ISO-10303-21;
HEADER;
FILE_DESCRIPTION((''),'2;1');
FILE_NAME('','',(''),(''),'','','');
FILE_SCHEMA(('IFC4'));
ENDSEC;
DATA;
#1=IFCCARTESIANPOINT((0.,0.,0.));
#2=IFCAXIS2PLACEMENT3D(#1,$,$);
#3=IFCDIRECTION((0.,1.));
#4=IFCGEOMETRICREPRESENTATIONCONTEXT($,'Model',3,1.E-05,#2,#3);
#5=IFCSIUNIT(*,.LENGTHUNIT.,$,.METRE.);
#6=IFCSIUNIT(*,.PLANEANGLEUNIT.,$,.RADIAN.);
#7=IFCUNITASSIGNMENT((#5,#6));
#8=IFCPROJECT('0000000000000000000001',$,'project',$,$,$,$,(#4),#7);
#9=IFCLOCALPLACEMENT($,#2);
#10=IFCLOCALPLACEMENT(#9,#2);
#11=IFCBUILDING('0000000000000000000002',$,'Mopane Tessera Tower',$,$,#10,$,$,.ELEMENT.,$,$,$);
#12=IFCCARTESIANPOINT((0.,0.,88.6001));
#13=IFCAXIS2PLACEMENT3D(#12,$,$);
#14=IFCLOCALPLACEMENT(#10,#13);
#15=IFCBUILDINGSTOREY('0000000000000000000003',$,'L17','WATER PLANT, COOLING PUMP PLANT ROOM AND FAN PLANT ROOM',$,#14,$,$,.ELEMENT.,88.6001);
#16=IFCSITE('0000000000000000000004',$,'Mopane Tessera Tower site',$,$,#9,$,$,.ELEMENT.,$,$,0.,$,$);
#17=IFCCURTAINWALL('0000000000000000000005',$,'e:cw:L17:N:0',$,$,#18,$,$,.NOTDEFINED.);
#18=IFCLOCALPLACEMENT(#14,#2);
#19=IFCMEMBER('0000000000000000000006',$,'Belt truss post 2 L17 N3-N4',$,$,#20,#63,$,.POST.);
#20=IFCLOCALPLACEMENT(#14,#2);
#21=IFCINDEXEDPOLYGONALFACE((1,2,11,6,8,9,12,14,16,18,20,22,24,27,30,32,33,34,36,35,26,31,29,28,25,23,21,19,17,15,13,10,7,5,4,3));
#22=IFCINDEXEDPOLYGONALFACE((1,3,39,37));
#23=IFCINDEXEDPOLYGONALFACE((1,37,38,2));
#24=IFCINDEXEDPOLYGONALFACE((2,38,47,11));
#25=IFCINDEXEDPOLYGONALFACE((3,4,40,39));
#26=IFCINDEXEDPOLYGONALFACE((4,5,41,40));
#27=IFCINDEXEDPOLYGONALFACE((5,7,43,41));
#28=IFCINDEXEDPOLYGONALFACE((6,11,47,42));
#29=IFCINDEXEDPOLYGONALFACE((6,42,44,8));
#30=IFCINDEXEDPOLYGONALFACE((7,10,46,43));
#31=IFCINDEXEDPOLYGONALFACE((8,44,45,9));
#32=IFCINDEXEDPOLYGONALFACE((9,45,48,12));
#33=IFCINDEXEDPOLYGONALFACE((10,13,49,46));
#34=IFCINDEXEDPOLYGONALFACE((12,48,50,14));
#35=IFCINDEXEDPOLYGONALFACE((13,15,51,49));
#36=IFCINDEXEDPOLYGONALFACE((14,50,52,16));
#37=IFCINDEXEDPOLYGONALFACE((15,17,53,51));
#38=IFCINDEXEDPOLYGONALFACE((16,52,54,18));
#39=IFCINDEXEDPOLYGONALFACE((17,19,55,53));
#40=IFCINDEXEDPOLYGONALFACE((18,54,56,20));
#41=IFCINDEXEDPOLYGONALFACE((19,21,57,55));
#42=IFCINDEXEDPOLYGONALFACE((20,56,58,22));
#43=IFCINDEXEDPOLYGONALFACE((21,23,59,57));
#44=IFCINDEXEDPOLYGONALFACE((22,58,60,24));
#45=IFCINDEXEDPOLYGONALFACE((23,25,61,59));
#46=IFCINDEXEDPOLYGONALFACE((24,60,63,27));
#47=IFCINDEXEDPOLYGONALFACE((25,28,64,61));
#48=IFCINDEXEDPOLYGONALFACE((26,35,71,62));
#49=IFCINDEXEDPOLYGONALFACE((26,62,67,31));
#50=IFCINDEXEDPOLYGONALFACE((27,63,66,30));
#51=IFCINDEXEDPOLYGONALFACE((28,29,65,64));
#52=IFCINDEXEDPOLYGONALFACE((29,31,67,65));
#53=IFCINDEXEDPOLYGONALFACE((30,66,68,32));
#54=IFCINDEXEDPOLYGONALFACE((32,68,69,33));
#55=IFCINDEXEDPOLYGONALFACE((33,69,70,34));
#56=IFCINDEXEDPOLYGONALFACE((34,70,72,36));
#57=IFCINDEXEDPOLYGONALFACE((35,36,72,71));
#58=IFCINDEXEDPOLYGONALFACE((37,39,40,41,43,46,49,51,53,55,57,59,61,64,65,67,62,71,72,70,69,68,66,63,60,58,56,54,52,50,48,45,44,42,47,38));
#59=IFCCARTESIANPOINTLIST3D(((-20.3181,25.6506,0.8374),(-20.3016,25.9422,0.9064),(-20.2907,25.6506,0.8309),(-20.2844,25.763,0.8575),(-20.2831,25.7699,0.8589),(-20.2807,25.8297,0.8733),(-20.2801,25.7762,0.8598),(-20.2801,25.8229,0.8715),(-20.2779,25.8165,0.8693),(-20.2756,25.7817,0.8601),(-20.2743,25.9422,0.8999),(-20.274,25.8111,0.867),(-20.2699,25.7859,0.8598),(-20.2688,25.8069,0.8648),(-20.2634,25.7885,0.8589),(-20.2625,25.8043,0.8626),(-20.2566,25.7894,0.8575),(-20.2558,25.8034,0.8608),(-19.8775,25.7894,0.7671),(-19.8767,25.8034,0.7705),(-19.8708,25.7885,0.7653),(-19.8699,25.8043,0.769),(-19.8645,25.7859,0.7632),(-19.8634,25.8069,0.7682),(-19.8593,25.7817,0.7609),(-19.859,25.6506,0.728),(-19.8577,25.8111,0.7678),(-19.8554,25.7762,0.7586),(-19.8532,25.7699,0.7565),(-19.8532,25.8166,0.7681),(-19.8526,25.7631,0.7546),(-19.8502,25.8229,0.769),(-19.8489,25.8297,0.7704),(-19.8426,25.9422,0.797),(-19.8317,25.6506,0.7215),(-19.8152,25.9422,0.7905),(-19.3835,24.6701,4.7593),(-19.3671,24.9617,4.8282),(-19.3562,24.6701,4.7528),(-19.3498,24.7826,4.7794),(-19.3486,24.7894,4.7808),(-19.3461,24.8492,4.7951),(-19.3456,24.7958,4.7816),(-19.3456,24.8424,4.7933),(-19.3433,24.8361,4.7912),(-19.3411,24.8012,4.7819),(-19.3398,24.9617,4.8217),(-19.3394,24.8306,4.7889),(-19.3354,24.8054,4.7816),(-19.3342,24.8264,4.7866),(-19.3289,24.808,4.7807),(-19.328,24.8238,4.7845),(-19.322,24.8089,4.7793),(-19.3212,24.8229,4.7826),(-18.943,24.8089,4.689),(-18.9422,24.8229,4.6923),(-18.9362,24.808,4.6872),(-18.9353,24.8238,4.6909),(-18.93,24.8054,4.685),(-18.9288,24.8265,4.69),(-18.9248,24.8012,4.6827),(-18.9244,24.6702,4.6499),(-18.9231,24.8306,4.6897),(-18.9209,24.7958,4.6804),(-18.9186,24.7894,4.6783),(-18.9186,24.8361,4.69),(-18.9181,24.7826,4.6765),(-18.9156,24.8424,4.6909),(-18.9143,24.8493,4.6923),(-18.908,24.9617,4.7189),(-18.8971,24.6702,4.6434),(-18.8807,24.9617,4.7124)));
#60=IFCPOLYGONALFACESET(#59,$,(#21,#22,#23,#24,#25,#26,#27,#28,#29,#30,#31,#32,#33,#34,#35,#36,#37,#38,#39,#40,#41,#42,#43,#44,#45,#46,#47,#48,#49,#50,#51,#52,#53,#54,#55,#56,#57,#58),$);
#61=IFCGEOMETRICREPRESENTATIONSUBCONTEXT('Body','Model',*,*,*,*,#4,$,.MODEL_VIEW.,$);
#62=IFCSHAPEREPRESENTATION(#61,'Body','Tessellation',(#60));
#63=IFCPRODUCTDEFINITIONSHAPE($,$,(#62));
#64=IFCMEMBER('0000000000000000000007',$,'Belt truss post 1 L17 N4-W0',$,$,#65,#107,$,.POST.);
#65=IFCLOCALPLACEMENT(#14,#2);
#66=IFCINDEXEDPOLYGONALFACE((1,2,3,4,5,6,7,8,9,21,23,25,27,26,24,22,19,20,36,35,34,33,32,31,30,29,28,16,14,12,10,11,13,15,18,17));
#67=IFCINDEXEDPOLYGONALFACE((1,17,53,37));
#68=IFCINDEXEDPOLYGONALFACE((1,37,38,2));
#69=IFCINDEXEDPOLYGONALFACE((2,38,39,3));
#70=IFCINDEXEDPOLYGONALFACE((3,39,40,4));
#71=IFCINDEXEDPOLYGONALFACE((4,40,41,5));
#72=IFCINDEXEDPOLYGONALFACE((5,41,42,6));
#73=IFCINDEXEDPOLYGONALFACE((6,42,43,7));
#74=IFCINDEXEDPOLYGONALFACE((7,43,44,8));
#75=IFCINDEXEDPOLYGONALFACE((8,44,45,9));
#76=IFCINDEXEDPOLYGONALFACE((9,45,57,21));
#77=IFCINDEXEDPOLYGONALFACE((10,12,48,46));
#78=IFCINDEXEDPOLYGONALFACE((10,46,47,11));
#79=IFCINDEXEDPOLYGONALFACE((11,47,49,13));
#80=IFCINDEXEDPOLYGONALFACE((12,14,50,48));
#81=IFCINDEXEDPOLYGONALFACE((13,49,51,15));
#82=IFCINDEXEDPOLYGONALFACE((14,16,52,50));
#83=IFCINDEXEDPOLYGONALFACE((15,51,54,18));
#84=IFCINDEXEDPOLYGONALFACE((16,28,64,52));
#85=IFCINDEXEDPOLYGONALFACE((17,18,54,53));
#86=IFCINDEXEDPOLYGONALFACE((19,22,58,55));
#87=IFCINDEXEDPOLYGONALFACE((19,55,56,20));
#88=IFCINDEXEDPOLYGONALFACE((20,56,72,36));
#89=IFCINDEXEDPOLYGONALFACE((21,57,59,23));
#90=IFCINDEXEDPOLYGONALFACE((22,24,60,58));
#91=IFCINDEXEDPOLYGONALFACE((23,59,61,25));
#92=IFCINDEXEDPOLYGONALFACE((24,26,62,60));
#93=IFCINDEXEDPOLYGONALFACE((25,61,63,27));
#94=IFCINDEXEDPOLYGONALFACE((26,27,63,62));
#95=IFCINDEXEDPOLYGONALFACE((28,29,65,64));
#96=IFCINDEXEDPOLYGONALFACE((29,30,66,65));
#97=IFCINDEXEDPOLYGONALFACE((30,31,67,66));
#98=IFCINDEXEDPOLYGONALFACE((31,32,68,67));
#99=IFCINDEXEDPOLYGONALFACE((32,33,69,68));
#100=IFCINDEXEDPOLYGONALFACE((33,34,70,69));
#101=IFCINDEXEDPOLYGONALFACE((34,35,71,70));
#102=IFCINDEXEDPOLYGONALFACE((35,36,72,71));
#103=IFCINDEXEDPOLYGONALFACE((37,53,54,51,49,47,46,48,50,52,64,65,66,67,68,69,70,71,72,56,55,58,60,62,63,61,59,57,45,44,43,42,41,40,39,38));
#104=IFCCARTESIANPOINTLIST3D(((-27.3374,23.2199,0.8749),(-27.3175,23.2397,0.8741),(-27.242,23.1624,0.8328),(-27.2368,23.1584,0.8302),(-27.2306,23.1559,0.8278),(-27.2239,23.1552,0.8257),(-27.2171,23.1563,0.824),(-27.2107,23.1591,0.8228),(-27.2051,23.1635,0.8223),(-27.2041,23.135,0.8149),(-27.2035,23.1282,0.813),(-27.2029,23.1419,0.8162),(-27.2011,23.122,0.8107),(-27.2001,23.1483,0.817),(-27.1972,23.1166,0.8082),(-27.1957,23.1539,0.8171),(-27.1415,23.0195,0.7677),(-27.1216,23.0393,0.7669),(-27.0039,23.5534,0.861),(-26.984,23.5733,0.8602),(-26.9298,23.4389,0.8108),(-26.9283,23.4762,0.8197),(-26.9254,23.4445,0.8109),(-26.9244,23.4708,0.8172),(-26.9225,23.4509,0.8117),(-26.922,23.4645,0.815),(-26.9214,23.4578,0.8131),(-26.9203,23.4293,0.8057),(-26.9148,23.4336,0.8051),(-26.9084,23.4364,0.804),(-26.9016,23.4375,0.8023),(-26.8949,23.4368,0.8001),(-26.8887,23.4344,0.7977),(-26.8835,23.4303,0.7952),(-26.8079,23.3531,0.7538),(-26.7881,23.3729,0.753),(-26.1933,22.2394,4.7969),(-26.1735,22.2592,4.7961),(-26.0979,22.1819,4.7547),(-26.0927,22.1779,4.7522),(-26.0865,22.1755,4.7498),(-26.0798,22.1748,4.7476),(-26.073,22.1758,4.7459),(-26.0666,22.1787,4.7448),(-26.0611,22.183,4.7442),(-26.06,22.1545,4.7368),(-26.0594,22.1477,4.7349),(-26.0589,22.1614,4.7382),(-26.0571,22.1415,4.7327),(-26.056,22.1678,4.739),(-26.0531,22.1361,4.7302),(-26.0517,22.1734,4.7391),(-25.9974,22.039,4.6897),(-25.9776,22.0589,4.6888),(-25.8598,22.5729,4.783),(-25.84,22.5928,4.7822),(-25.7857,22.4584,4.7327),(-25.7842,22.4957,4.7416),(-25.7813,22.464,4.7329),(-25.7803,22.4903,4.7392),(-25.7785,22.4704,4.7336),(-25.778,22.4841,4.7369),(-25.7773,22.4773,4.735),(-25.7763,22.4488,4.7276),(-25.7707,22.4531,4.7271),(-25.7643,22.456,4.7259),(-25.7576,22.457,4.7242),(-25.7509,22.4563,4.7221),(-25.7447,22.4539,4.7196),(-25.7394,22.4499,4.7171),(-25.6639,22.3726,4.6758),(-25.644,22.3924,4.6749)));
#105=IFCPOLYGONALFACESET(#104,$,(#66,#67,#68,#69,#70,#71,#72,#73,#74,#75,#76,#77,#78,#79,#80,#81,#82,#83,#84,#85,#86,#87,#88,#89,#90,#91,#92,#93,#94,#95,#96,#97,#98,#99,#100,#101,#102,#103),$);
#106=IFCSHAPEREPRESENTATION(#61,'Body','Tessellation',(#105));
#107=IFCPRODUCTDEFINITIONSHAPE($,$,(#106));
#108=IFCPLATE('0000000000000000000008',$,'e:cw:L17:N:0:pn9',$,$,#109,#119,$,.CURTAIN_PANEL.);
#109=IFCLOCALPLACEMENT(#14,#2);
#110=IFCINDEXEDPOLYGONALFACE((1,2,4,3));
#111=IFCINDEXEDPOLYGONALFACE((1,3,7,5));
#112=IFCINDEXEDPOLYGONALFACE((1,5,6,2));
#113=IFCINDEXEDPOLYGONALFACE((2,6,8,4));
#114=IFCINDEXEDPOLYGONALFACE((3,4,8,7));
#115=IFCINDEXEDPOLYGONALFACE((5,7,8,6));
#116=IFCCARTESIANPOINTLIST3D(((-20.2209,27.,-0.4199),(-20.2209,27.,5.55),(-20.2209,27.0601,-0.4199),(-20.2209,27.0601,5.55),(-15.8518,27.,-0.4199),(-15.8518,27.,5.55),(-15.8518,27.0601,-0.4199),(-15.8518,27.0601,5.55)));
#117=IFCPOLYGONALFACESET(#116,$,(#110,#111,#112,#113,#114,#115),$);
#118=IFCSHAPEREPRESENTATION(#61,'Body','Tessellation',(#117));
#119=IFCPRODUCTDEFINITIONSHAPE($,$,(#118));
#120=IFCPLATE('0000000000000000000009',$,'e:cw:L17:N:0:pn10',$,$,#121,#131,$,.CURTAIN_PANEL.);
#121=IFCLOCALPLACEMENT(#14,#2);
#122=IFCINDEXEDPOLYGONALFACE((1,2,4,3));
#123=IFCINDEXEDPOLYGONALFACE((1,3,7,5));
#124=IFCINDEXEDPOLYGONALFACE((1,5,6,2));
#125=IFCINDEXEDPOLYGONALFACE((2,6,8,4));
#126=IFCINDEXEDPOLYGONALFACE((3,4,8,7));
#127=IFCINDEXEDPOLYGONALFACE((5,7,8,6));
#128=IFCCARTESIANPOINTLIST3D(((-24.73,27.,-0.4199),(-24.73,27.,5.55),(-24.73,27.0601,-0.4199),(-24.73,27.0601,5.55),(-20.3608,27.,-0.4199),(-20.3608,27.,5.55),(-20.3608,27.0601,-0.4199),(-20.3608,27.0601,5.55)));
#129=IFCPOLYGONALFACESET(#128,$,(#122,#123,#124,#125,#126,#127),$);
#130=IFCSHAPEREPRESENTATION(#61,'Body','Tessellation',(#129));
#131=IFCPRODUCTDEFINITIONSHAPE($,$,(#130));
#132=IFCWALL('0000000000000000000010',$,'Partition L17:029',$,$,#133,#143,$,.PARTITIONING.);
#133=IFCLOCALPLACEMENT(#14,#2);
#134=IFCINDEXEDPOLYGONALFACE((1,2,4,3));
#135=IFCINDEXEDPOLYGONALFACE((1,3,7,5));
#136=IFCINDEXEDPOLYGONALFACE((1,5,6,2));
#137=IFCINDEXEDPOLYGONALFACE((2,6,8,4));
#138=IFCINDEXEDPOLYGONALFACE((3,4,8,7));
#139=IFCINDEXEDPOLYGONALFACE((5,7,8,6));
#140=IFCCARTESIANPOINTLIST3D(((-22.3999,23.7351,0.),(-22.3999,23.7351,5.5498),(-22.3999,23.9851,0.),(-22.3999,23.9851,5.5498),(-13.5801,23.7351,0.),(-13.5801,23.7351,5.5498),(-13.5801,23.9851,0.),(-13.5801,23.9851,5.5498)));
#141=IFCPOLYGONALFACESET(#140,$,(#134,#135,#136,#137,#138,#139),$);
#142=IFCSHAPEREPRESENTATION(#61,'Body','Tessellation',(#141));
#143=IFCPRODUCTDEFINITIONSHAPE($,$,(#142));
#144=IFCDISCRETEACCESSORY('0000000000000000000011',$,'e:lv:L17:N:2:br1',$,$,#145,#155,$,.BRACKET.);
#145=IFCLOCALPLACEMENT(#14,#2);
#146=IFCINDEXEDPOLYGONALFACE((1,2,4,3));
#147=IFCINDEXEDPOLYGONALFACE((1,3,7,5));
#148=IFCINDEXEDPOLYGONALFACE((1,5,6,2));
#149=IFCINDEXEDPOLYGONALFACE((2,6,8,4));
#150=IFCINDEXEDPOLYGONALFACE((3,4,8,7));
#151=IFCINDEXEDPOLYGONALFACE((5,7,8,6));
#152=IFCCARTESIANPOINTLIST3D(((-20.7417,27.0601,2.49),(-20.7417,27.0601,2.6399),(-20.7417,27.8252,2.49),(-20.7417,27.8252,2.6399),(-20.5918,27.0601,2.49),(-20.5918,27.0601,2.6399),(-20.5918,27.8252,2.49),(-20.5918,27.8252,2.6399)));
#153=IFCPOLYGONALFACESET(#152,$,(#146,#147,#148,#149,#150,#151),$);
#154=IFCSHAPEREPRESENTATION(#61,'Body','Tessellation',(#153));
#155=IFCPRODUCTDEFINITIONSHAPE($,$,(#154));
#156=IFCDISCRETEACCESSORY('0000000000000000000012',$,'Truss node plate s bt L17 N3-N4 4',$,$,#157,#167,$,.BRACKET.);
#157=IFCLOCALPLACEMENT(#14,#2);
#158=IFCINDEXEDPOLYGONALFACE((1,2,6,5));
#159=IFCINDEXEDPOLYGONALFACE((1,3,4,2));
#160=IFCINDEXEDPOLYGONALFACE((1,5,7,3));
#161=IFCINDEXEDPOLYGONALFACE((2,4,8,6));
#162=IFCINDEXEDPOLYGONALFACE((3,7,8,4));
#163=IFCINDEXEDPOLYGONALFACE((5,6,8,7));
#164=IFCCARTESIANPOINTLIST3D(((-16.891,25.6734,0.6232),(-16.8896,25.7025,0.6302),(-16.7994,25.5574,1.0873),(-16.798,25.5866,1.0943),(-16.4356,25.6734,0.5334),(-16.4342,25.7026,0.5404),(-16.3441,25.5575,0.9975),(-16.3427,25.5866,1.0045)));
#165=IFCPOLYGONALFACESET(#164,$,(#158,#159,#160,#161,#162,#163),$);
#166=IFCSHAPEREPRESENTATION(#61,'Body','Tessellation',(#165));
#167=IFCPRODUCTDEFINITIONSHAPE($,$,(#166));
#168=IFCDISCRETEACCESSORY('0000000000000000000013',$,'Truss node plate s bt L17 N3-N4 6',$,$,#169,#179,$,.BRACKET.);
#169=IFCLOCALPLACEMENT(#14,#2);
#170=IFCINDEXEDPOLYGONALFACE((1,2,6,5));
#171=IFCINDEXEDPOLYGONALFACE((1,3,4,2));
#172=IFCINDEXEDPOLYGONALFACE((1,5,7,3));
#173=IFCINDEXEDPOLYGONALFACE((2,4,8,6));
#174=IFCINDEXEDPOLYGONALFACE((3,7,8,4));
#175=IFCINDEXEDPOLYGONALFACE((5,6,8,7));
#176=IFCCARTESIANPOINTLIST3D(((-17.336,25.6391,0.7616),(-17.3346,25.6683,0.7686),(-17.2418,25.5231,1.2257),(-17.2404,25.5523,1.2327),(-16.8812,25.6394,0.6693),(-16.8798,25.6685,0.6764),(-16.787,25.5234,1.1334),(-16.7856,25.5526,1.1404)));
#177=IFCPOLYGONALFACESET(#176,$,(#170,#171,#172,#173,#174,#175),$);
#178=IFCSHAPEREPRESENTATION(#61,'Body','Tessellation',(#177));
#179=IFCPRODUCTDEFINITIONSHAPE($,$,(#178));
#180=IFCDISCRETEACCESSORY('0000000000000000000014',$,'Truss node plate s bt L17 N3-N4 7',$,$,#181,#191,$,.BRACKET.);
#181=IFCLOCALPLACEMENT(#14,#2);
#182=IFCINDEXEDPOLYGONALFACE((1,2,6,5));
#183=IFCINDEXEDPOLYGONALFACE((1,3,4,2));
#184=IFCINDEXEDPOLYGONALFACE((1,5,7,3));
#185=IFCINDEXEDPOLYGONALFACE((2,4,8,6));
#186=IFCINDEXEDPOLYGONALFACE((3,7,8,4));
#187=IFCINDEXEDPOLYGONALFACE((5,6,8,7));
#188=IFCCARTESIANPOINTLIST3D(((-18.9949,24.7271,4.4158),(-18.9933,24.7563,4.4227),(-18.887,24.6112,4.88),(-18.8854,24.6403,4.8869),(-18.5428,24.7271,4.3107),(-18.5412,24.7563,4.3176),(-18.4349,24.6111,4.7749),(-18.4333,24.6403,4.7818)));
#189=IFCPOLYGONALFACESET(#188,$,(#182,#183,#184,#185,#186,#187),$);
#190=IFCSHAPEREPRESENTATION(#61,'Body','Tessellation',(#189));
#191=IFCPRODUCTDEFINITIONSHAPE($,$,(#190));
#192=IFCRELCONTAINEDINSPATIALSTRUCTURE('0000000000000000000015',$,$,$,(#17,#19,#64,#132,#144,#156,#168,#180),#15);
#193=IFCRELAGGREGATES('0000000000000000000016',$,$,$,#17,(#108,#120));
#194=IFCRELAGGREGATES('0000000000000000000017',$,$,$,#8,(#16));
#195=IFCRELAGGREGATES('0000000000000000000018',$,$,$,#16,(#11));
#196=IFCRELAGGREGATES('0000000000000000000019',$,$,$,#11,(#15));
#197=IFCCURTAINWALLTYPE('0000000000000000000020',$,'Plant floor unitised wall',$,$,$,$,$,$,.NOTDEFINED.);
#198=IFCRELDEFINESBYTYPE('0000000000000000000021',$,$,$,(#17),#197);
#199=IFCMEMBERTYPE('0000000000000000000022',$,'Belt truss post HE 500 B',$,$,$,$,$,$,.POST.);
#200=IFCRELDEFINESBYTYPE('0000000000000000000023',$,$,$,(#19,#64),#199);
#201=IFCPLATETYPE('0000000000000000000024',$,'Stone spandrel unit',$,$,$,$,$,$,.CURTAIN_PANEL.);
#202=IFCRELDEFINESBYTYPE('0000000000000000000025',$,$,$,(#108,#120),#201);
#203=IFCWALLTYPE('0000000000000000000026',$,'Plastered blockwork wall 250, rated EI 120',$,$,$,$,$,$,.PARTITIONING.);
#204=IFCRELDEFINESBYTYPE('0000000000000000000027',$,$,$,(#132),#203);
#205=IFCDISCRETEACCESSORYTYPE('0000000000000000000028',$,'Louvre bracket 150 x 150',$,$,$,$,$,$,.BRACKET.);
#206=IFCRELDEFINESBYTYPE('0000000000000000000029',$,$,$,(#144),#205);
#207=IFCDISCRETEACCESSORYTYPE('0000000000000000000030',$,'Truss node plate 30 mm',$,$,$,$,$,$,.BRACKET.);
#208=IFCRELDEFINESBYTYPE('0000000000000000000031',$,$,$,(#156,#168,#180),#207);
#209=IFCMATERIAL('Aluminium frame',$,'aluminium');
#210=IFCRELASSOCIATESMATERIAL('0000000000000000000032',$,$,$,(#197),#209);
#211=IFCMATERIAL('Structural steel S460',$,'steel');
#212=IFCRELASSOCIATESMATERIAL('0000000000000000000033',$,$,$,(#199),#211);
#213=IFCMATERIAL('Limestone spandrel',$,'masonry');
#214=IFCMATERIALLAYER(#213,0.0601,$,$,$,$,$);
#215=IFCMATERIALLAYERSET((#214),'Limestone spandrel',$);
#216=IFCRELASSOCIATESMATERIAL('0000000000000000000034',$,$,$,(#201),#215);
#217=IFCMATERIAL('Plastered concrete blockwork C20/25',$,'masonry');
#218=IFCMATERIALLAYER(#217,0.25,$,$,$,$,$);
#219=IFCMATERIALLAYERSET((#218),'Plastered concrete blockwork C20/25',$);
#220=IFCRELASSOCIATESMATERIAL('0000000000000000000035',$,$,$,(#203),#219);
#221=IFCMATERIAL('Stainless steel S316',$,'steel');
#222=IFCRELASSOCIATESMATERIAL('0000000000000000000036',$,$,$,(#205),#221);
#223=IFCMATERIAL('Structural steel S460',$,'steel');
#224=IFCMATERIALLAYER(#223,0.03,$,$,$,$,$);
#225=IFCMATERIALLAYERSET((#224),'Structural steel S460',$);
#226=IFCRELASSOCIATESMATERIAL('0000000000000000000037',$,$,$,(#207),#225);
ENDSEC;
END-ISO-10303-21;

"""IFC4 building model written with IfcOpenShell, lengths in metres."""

from ifc_helpers import new_model, si_unit, direction, frame, frame_2d, origin, origin_2d, place, context, subcontext, project, spatial, rectangle, i_section, extrude, material, layer, layer_set, material_profile, profile_set, type_object, element, aggregate, save


model = new_model("IFC4")

# Units and contexts
model_context = context("Model", 3, precision=1e-05, world=origin(), true_north=direction((0.0, 1.0)))
body_context = subcontext(model_context, "Body", "Model", "MODEL_VIEW")
ifc_project = project(units=[si_unit("LENGTHUNIT", "METRE"), si_unit("PLANEANGLEUNIT", "RADIAN")], contexts=[model_context])

# Site, building, storey
site_placement = place(None, origin())
site = spatial("IfcSite", under=ifc_project, at=site_placement, Name="Mopane Tessera Tower site", CompositionType="ELEMENT", RefElevation=0.0)
building_placement = place(site_placement, origin())
building = spatial("IfcBuilding", under=site, at=building_placement, Name="Mopane Tessera Tower", CompositionType="ELEMENT")
storey_placement = place(building_placement, frame((0.0, 0.0, 88.6001)))
storey = spatial("IfcBuildingStorey", under=building, at=storey_placement, Name="L17", Description="WATER PLANT, COOLING PUMP PLANT ROOM AND FAN PLANT ROOM", CompositionType="ELEMENT", Elevation=88.6001)

# Curtain wall
ifc_material_1 = material(Name="Aluminium frame", Category="aluminium")
curtain_wall_type = type_object("IfcCurtainWallType", Name="Plant floor unitised wall", PredefinedType="NOTDEFINED", material=ifc_material_1)
curtain_wall_placement = place(storey_placement, origin())
curtain_wall = element("IfcCurtainWall", 1, at=curtain_wall_placement, inside=storey, type_object=curtain_wall_type, Name="e:cw:L17:N:0", PredefinedType="NOTDEFINED")

# Members
ifc_material_2 = material(Name="Structural steel S460", Category="steel")
ifc_material_profile_1 = material_profile(ifc_material_2, i_section(OverallWidth=0.3, OverallDepth=0.5, WebThickness=0.0144, FlangeThickness=0.0281, FilletRadius=0.0271, at=origin_2d()))
ifc_profile_set_1 = profile_set([ifc_material_profile_1], Name="Structural steel S460")
member_type_1 = type_object("IfcMemberType", Name="Belt truss post HE 500 B", PredefinedType="POST", material=ifc_profile_set_1)
member_1_placement = place(storey_placement, frame((-20.0667, 25.7964, 0.814), z_axis=(0.225241, -0.236303, 0.945213), x_axis=(-0.05474, -0.971679, -0.229876)))
element("IfcMember", 2, at=member_1_placement, inside=storey, type_object=member_type_1, Name="Belt truss post 2 L17 N3-N4", PredefinedType="POST", context=body_context, shape_type="SweptSolid", body=[
    extrude(i_section(OverallWidth=0.3, OverallDepth=0.5, WebThickness=0.0144, FlangeThickness=0.0281, FilletRadius=0.0271, at=origin_2d()), origin(), (0.0, 0.0, 1.0), 4.1492),
])
member_2_placement = place(storey_placement, frame((-27.0627, 23.2964, 0.814), z_axis=(0.272304, -0.23337, 0.933482), x_axis=(0.652959, -0.667758, -0.357413)))
element("IfcMember", 3, at=member_2_placement, inside=storey, type_object=member_type_1, Name="Belt truss post 1 L17 N4-W0", PredefinedType="POST", context=body_context, shape_type="SweptSolid", body=[
    extrude(i_section(OverallWidth=0.3, OverallDepth=0.5, WebThickness=0.0144, FlangeThickness=0.0281, FilletRadius=0.0271, at=origin_2d()), origin(), (0.0, 0.0, 1.0), 4.2014),
])

# Plates
ifc_material_3 = material(Name="Limestone spandrel", Category="masonry")
ifc_layer_1 = layer(ifc_material_3, 0.0601)
ifc_layer_set_1 = layer_set([ifc_layer_1], Name="Limestone spandrel")
plate_type = type_object("IfcPlateType", Name="Stone spandrel unit", PredefinedType="CURTAIN_PANEL", material=ifc_layer_set_1)
plate_1_placement = place(storey_placement, frame((-18.0364, 27.03, -0.4199), z_axis=(0.0, 0.0, 1.0), x_axis=(-1.0, 0.0, 0.0)))
plate_1 = element("IfcPlate", 4, at=plate_1_placement, type_object=plate_type, Name="e:cw:L17:N:0:pn9", PredefinedType="CURTAIN_PANEL", context=body_context, shape_type="SweptSolid", body=[
    extrude(rectangle(XDim=4.3691, YDim=0.0601, at=origin_2d()), origin(), (0.0, 0.0, 1.0), 5.97),
])
plate_2_placement = place(storey_placement, frame((-22.5454, 27.03, -0.4199), z_axis=(0.0, 0.0, 1.0), x_axis=(-1.0, 0.0, 0.0)))
plate_2 = element("IfcPlate", 5, at=plate_2_placement, type_object=plate_type, Name="e:cw:L17:N:0:pn10", PredefinedType="CURTAIN_PANEL", context=body_context, shape_type="SweptSolid", body=[
    extrude(rectangle(XDim=4.3691, YDim=0.0601, at=origin_2d()), origin(), (0.0, 0.0, 1.0), 5.97),
])
aggregate(curtain_wall, [plate_1, plate_2])

# Wall
ifc_material_4 = material(Name="Plastered concrete blockwork C20/25", Category="masonry")
ifc_layer_2 = layer(ifc_material_4, 0.25)
ifc_layer_set_2 = layer_set([ifc_layer_2], Name="Plastered concrete blockwork C20/25")
wall_type = type_object("IfcWallType", Name="Plastered blockwork wall 250, rated EI 120", PredefinedType="PARTITIONING", material=ifc_layer_set_2)
wall_placement = place(storey_placement, frame((-22.3999, 23.8601, 0.0), z_axis=(0.0, 0.0, 1.0), x_axis=(1.0, 0.0, 0.0)))
element("IfcWall", 6, at=wall_placement, inside=storey, type_object=wall_type, Name="Partition L17:029", PredefinedType="PARTITIONING", context=body_context, shape_type="SweptSolid", body=[
    extrude(rectangle(XDim=8.8198, YDim=0.25, at=frame_2d((4.4099, 0.0))), origin(), (0.0, 0.0, 1.0), 5.5498),
])

# Discrete accessories
ifc_material_5 = material(Name="Stainless steel S316", Category="steel")
discrete_accessory_type_1 = type_object("IfcDiscreteAccessoryType", Name="Louvre bracket 150 x 150", PredefinedType="BRACKET", material=ifc_material_5)
discrete_accessory_1_placement = place(storey_placement, frame((-20.6667, 27.4426, 2.49), z_axis=(0.0, 0.0, 1.0), x_axis=(0.0, 1.0, 0.0)))
element("IfcDiscreteAccessory", 7, at=discrete_accessory_1_placement, inside=storey, type_object=discrete_accessory_type_1, Name="e:lv:L17:N:2:br1", PredefinedType="BRACKET", context=body_context, shape_type="SweptSolid", body=[
    extrude(rectangle(XDim=0.7651, YDim=0.1499, at=origin_2d()), origin(), (0.0, 0.0, 1.0), 0.1499),
])
ifc_material_6 = material(Name="Structural steel S460", Category="steel")
ifc_layer_3 = layer(ifc_material_6, 0.03)
ifc_layer_set_3 = layer_set([ifc_layer_3], Name="Structural steel S460")
discrete_accessory_type_2 = type_object("IfcDiscreteAccessoryType", Name="Truss node plate 30 mm", PredefinedType="BRACKET", material=ifc_layer_set_3)
discrete_accessory_2_placement = place(storey_placement, frame((-16.6626, 25.688, 0.5818), z_axis=(0.187969, -0.238094, 0.952879), x_axis=(-0.04597, -0.971242, -0.233615)))
element("IfcDiscreteAccessory", 8, at=discrete_accessory_2_placement, inside=storey, type_object=discrete_accessory_type_2, Name="Truss node plate s bt L17 N3-N4 4", PredefinedType="BRACKET", context=body_context, shape_type="SweptSolid", body=[
    extrude(rectangle(XDim=0.03, YDim=0.4641, at=origin_2d()), origin(), (0.0, 0.0, 1.0), 0.4871),
])
discrete_accessory_3_placement = place(storey_placement, frame((-17.1079, 25.6538, 0.719), z_axis=(0.19328, -0.237844, 0.951879), x_axis=(-0.046762, -0.971303, -0.233203)))
element("IfcDiscreteAccessory", 9, at=discrete_accessory_3_placement, inside=storey, type_object=discrete_accessory_type_2, Name="Truss node plate s bt L17 N3-N4 6", PredefinedType="BRACKET", context=body_context, shape_type="SweptSolid", body=[
    extrude(rectangle(XDim=0.03, YDim=0.4641, at=origin_2d()), origin(), (0.0, 0.0, 1.0), 0.4875),
])
discrete_accessory_4_placement = place(storey_placement, frame((-18.7681, 24.7417, 4.3667), z_axis=(0.220045, -0.236474, 0.946393), x_axis=(-0.053679, -0.971638, -0.230301)))
element("IfcDiscreteAccessory", 10, at=discrete_accessory_4_placement, inside=storey, type_object=discrete_accessory_type_2, Name="Truss node plate s bt L17 N3-N4 7", PredefinedType="BRACKET", context=body_context, shape_type="SweptSolid", body=[
    extrude(rectangle(XDim=0.03, YDim=0.4641, at=origin_2d()), origin(), (0.0, 0.0, 1.0), 0.4905),
])

save(model, "model.ifc")
